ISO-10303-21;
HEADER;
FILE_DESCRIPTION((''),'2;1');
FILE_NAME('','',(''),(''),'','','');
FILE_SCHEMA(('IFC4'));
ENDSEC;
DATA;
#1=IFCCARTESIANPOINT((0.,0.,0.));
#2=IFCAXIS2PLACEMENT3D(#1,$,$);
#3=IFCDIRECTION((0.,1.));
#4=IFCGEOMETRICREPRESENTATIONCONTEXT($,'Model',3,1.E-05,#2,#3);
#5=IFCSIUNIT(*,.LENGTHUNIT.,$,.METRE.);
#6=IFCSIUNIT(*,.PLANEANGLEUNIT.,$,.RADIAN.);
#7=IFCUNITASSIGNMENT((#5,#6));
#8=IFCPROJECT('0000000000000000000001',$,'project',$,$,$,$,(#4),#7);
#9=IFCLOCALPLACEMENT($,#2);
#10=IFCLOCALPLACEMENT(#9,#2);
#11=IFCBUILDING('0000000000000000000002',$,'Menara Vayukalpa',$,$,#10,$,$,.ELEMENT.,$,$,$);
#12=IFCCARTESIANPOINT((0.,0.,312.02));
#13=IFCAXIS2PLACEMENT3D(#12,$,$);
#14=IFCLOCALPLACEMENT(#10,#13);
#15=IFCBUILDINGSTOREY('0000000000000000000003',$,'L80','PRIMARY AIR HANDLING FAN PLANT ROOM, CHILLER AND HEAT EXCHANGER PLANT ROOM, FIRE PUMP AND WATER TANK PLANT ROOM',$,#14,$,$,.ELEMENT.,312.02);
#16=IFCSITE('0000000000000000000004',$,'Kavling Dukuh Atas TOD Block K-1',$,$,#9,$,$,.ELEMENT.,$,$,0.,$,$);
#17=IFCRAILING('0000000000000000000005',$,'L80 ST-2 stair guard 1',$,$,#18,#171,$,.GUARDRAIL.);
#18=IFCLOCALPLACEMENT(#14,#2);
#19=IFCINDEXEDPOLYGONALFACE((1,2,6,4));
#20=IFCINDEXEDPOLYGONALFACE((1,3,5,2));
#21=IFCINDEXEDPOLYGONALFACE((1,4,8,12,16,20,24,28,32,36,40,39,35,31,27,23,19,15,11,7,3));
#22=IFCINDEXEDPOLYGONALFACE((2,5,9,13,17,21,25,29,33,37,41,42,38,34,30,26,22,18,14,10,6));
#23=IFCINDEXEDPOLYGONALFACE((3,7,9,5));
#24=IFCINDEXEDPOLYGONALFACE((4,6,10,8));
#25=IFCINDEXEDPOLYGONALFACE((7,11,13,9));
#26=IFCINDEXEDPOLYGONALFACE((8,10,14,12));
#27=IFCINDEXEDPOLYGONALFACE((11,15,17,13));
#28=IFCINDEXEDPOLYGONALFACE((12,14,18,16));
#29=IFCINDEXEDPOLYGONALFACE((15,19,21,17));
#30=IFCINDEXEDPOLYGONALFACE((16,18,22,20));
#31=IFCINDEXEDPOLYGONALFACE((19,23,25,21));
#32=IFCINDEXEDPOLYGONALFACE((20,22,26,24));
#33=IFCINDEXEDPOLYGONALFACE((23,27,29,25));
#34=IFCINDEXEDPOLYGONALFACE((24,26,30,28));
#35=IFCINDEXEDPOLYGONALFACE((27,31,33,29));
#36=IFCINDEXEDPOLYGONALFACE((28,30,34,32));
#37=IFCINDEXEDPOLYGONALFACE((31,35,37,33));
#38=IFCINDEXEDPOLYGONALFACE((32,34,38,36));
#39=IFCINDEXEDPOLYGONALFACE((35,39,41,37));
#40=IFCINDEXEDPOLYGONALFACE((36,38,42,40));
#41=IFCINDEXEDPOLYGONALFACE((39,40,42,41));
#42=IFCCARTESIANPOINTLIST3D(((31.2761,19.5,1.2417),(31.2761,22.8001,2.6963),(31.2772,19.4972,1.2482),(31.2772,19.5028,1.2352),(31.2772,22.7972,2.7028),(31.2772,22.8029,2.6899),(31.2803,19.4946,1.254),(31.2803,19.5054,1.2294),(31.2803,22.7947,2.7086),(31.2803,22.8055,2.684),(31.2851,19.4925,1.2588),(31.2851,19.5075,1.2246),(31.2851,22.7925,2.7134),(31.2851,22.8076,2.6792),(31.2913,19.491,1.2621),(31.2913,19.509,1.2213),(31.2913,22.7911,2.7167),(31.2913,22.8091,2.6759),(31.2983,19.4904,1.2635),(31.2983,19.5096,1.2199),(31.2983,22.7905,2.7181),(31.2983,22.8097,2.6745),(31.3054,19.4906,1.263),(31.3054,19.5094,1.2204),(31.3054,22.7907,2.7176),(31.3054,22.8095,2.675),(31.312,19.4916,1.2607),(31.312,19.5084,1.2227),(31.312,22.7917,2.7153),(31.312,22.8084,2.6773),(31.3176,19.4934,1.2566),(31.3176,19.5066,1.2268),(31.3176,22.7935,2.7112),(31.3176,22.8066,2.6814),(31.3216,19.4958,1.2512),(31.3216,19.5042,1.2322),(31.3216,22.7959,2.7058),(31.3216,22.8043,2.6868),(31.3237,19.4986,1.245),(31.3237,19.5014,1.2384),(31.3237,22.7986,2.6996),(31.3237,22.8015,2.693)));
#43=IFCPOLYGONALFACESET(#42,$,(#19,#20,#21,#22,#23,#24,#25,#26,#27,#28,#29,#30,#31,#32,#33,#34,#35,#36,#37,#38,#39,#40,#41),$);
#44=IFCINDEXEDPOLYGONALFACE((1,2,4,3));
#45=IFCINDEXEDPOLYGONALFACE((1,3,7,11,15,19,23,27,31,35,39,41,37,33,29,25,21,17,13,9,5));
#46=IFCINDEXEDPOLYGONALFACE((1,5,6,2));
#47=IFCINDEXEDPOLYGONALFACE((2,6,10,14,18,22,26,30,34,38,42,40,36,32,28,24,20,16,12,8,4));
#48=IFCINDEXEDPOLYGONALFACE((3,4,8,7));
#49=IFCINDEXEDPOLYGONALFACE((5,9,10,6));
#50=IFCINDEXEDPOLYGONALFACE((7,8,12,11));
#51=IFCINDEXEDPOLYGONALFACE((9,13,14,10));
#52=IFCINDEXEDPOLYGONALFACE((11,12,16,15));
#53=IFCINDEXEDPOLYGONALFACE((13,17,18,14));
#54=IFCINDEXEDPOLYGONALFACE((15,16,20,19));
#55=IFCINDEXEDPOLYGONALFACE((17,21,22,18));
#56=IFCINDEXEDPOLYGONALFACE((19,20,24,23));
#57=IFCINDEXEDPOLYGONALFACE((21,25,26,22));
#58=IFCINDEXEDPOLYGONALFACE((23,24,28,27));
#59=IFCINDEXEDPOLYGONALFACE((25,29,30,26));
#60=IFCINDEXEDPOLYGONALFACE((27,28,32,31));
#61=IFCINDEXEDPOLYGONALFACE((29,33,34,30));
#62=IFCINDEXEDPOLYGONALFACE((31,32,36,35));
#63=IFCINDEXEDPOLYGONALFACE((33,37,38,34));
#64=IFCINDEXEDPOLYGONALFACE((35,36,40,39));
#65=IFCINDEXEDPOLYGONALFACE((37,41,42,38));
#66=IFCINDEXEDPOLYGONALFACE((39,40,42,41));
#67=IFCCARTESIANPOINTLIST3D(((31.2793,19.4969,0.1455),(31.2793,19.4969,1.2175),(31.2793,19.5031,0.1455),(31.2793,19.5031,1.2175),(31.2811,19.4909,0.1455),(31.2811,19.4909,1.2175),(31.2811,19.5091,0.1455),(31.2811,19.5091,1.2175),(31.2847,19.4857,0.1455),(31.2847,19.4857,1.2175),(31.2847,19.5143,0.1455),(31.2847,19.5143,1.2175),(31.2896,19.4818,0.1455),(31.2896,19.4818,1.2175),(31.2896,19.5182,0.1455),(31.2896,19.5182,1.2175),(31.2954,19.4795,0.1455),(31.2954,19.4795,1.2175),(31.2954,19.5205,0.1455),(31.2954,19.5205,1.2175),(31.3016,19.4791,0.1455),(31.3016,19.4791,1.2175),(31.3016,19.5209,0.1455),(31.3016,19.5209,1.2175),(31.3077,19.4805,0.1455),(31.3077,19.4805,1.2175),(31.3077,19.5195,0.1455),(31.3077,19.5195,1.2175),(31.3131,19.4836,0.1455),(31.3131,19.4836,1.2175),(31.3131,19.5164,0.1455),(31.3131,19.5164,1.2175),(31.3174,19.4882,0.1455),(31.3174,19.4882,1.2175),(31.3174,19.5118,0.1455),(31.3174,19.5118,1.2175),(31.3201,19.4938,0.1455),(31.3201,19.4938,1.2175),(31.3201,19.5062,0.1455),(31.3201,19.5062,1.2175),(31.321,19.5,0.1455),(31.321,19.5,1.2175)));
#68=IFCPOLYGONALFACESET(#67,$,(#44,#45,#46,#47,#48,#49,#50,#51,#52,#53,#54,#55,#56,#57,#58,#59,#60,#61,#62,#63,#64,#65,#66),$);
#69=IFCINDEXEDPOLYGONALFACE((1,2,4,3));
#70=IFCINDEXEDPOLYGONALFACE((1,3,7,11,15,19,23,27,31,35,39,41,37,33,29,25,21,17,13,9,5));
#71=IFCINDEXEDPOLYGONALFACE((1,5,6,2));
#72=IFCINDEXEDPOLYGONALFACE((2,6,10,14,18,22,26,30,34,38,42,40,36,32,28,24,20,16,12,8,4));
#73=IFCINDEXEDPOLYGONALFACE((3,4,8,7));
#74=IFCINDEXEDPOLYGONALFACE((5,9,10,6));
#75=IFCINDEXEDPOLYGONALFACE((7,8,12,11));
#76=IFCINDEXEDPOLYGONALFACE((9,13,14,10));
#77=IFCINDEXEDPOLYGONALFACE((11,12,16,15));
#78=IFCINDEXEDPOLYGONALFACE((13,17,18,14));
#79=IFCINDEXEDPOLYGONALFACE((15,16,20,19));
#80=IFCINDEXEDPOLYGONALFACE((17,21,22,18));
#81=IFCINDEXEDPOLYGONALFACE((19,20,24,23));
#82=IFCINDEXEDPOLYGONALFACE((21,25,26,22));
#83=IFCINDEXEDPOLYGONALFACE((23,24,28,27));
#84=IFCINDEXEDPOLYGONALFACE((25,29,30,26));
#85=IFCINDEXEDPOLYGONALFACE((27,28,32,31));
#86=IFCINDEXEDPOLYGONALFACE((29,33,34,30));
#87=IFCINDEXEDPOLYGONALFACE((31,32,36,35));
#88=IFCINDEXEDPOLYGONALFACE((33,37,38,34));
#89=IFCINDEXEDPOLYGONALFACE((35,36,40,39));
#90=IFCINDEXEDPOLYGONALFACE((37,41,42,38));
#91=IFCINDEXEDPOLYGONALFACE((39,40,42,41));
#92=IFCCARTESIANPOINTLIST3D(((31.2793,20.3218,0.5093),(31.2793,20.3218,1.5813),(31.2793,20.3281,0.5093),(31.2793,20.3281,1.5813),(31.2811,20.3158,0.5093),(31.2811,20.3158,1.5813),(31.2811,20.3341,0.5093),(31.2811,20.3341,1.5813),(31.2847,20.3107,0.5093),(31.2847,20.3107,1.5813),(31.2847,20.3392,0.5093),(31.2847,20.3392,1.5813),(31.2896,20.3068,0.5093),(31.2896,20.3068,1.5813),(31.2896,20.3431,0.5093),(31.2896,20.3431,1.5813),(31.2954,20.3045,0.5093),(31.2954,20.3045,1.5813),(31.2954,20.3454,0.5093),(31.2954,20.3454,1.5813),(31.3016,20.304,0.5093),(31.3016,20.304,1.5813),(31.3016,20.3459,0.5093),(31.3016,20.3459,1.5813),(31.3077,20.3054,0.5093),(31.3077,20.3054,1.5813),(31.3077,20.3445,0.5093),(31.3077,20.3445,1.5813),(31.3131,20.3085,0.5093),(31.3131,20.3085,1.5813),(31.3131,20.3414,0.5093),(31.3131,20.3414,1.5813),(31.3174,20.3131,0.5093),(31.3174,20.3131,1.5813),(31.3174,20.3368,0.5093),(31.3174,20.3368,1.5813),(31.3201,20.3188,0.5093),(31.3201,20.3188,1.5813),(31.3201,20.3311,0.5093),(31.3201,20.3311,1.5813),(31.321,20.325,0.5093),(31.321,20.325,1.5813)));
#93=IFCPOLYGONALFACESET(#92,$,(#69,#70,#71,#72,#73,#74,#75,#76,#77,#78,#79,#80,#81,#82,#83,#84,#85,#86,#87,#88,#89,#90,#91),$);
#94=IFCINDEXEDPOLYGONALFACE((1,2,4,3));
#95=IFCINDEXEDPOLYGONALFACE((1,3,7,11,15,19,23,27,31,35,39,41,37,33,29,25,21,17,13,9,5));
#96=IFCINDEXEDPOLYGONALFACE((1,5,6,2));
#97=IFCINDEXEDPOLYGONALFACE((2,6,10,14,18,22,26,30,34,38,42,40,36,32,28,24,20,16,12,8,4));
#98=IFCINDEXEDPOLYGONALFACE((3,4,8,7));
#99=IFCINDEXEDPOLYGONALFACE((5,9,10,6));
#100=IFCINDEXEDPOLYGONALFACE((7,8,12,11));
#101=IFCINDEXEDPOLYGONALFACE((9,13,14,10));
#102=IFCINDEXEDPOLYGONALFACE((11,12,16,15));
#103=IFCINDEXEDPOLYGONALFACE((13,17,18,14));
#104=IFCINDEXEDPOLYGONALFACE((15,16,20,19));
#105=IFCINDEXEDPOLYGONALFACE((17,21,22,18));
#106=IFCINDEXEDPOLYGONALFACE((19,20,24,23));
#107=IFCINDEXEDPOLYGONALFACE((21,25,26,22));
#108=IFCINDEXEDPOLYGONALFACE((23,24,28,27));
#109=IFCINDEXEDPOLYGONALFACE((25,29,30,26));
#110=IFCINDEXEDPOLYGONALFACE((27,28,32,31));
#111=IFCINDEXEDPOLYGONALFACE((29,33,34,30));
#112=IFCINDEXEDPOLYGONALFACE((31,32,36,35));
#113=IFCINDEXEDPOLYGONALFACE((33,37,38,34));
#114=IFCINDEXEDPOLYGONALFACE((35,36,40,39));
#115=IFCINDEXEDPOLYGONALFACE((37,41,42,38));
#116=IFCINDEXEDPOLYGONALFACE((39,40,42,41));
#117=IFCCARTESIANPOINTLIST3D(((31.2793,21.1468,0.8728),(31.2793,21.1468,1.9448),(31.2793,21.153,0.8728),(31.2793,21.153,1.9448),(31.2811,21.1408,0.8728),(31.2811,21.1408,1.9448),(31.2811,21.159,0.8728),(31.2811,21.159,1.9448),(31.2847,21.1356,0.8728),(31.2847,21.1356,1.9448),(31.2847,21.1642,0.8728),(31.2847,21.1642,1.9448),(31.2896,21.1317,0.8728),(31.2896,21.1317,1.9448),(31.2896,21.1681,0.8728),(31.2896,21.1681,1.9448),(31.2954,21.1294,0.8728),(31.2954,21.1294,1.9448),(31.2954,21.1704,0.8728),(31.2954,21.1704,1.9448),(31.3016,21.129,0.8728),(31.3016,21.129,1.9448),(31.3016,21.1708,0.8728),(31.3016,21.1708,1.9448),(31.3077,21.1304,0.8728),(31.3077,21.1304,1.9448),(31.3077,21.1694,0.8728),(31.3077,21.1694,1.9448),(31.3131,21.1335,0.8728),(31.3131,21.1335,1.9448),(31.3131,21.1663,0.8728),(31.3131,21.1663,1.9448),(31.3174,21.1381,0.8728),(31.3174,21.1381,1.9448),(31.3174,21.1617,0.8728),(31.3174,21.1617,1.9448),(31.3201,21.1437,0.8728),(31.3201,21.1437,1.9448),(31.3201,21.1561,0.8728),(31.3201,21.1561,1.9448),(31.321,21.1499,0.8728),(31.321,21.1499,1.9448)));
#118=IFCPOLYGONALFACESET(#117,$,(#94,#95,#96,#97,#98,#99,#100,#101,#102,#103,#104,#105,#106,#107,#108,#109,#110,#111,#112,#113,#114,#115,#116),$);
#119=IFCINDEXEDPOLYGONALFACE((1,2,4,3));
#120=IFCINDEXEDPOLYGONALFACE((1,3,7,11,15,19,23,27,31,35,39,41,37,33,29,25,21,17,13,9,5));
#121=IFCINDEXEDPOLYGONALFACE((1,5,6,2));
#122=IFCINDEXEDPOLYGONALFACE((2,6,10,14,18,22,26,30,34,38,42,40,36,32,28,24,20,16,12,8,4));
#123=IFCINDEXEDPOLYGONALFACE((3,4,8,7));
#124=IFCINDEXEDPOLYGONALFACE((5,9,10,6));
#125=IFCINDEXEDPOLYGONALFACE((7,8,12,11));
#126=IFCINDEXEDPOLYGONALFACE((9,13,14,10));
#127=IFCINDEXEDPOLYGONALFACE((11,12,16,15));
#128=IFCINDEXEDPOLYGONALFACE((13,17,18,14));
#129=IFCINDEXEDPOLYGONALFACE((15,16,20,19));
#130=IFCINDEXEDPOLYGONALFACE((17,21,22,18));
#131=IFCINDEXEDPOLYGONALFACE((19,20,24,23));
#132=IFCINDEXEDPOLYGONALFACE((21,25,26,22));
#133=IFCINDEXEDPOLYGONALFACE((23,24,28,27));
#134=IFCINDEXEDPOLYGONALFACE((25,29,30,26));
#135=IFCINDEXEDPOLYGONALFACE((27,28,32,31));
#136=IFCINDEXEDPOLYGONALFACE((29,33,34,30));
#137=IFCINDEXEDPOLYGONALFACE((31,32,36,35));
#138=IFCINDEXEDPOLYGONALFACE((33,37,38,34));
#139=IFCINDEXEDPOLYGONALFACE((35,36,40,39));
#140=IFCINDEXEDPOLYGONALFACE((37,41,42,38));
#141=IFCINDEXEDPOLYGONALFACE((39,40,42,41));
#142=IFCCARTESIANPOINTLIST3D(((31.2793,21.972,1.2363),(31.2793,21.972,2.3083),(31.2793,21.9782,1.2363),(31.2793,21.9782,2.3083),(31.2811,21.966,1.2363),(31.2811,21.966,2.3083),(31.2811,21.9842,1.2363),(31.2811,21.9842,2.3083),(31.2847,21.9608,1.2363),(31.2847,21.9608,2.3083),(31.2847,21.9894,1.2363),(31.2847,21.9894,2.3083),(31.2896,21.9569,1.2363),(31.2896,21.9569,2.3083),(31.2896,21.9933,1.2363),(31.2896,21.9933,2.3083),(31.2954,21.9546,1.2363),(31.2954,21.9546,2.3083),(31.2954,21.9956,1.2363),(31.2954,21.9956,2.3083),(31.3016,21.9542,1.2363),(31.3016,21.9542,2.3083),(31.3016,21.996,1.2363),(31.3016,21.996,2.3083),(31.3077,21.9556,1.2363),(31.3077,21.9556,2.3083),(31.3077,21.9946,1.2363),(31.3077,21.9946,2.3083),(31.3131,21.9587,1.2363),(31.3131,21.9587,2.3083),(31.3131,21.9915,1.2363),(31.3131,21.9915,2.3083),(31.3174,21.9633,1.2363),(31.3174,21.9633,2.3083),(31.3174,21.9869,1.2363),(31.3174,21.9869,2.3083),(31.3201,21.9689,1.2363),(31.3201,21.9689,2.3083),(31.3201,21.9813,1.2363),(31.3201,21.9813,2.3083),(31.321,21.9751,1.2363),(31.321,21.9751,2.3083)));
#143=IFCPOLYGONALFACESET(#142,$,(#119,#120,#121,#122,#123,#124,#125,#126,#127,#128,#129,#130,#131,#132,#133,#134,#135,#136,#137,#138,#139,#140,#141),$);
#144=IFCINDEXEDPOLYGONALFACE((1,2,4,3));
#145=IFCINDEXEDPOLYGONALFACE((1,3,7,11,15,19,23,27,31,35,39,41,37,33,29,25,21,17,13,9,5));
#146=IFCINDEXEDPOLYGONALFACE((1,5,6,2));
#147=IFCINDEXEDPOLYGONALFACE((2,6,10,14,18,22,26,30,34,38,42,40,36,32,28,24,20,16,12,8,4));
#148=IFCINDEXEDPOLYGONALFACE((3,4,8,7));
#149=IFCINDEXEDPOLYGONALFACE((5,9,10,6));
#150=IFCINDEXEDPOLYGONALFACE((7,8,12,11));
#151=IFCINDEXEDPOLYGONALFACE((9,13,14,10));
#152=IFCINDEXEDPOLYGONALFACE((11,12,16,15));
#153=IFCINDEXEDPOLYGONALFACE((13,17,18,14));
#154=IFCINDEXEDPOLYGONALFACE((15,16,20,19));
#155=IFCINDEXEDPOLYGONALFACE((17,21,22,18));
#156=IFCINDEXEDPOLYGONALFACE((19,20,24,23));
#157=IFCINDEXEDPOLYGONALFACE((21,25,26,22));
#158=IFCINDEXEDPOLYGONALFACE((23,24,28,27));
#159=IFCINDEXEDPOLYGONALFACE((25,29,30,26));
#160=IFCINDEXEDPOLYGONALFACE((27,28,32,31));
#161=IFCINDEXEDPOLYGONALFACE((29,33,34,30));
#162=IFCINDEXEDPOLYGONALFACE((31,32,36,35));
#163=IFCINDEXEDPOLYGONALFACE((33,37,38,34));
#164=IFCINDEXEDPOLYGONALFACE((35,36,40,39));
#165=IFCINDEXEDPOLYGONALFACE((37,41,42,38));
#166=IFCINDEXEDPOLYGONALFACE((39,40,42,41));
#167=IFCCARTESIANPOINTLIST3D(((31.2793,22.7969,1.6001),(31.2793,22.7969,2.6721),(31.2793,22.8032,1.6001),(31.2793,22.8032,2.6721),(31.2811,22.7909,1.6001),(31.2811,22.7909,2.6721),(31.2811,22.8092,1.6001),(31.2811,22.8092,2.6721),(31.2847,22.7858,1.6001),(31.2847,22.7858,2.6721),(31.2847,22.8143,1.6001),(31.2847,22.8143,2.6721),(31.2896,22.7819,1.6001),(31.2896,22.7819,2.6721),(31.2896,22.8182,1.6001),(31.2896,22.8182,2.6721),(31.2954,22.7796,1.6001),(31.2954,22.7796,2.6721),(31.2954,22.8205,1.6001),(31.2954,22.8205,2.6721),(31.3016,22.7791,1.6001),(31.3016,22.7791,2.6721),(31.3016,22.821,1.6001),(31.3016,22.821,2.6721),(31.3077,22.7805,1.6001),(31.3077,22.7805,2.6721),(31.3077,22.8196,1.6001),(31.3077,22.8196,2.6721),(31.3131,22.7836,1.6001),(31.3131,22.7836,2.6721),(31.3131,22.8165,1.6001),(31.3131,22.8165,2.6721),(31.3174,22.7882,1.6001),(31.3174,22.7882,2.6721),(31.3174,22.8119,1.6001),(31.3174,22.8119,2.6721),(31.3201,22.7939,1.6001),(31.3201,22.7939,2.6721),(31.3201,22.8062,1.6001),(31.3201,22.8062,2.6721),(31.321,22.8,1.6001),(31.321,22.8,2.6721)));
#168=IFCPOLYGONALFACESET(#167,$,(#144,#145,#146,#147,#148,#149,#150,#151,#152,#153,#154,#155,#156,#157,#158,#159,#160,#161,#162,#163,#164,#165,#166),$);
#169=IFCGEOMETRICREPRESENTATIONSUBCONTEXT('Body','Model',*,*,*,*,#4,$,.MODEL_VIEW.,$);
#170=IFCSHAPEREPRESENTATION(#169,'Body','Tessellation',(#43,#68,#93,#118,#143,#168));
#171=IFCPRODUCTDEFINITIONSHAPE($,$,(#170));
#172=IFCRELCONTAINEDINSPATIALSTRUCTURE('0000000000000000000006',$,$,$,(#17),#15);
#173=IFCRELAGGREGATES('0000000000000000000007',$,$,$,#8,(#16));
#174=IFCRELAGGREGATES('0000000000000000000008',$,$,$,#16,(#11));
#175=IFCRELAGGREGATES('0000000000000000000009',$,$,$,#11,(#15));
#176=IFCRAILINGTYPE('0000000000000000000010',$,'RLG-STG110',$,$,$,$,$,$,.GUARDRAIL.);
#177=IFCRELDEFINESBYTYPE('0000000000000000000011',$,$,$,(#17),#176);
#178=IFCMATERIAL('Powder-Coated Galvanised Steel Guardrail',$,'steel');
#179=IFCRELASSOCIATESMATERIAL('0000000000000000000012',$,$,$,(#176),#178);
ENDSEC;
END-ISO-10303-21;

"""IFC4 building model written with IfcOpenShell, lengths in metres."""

from ifc_helpers import new_model, si_unit, direction, frame, origin, origin_2d, place, context, subcontext, project, spatial, circle, extrude, material, type_object, element, save


model = new_model("IFC4")

# Units and contexts
model_context = context("Model", 3, precision=1e-05, world=origin(), true_north=direction((0.0, 1.0)))
body_context = subcontext(model_context, "Body", "Model", "MODEL_VIEW")
ifc_project = project(units=[si_unit("LENGTHUNIT", "METRE"), si_unit("PLANEANGLEUNIT", "RADIAN")], contexts=[model_context])

# Site, building, storey
site_placement = place(None, origin())
site = spatial("IfcSite", under=ifc_project, at=site_placement, Name="Kavling Dukuh Atas TOD Block K-1", CompositionType="ELEMENT", RefElevation=0.0)
building_placement = place(site_placement, origin())
building = spatial("IfcBuilding", under=site, at=building_placement, Name="Menara Vayukalpa", CompositionType="ELEMENT")
storey_placement = place(building_placement, frame((0.0, 0.0, 312.02)))
storey = spatial("IfcBuildingStorey", under=building, at=storey_placement, Name="L80", Description="PRIMARY AIR HANDLING FAN PLANT ROOM, CHILLER AND HEAT EXCHANGER PLANT ROOM, FIRE PUMP AND WATER TANK PLANT ROOM", CompositionType="ELEMENT", Elevation=312.02)

# Railing
ifc_material_1 = material(Name="Powder-Coated Galvanised Steel Guardrail", Category="steel")
railing_type_1 = type_object("IfcRailingType", Name="RLG-STG110", PredefinedType="GUARDRAIL", material=ifc_material_1)
railing_1_placement = place(storey_placement, frame((31.3, 19.5, 0.1455)))
element("IfcRailing", 1, at=railing_1_placement, inside=storey, type_object=railing_type_1, Name="L80 ST-2 stair guard 1", PredefinedType="GUARDRAIL", context=body_context, shape_type="SweptSolid", body=[
    extrude(circle(Radius=0.0239, at=origin_2d()), frame((0.0, 0.0, 1.0962), z_axis=(0.0, 0.915052, 0.403335), x_axis=(-1.0, 0.0, 0.0)), (0.0, 0.0, 1.0), 3.6064),
    extrude(circle(Radius=0.021, at=origin_2d()), origin(), (0.0, 0.0, 1.0), 1.072),
    extrude(circle(Radius=0.021, at=origin_2d()), frame((0.0, 0.825, 0.3638)), (0.0, 0.0, 1.0), 1.072),
    extrude(circle(Radius=0.021, at=origin_2d()), frame((0.0, 1.6499, 0.7273)), (0.0, 0.0, 1.0), 1.072),
    extrude(circle(Radius=0.021, at=origin_2d()), frame((0.0, 2.4751, 1.0908)), (0.0, 0.0, 1.0), 1.072),
    extrude(circle(Radius=0.021, at=origin_2d()), frame((0.0, 3.3, 1.4546)), (0.0, 0.0, 1.0), 1.072),
])

save(model, "model.ifc")
